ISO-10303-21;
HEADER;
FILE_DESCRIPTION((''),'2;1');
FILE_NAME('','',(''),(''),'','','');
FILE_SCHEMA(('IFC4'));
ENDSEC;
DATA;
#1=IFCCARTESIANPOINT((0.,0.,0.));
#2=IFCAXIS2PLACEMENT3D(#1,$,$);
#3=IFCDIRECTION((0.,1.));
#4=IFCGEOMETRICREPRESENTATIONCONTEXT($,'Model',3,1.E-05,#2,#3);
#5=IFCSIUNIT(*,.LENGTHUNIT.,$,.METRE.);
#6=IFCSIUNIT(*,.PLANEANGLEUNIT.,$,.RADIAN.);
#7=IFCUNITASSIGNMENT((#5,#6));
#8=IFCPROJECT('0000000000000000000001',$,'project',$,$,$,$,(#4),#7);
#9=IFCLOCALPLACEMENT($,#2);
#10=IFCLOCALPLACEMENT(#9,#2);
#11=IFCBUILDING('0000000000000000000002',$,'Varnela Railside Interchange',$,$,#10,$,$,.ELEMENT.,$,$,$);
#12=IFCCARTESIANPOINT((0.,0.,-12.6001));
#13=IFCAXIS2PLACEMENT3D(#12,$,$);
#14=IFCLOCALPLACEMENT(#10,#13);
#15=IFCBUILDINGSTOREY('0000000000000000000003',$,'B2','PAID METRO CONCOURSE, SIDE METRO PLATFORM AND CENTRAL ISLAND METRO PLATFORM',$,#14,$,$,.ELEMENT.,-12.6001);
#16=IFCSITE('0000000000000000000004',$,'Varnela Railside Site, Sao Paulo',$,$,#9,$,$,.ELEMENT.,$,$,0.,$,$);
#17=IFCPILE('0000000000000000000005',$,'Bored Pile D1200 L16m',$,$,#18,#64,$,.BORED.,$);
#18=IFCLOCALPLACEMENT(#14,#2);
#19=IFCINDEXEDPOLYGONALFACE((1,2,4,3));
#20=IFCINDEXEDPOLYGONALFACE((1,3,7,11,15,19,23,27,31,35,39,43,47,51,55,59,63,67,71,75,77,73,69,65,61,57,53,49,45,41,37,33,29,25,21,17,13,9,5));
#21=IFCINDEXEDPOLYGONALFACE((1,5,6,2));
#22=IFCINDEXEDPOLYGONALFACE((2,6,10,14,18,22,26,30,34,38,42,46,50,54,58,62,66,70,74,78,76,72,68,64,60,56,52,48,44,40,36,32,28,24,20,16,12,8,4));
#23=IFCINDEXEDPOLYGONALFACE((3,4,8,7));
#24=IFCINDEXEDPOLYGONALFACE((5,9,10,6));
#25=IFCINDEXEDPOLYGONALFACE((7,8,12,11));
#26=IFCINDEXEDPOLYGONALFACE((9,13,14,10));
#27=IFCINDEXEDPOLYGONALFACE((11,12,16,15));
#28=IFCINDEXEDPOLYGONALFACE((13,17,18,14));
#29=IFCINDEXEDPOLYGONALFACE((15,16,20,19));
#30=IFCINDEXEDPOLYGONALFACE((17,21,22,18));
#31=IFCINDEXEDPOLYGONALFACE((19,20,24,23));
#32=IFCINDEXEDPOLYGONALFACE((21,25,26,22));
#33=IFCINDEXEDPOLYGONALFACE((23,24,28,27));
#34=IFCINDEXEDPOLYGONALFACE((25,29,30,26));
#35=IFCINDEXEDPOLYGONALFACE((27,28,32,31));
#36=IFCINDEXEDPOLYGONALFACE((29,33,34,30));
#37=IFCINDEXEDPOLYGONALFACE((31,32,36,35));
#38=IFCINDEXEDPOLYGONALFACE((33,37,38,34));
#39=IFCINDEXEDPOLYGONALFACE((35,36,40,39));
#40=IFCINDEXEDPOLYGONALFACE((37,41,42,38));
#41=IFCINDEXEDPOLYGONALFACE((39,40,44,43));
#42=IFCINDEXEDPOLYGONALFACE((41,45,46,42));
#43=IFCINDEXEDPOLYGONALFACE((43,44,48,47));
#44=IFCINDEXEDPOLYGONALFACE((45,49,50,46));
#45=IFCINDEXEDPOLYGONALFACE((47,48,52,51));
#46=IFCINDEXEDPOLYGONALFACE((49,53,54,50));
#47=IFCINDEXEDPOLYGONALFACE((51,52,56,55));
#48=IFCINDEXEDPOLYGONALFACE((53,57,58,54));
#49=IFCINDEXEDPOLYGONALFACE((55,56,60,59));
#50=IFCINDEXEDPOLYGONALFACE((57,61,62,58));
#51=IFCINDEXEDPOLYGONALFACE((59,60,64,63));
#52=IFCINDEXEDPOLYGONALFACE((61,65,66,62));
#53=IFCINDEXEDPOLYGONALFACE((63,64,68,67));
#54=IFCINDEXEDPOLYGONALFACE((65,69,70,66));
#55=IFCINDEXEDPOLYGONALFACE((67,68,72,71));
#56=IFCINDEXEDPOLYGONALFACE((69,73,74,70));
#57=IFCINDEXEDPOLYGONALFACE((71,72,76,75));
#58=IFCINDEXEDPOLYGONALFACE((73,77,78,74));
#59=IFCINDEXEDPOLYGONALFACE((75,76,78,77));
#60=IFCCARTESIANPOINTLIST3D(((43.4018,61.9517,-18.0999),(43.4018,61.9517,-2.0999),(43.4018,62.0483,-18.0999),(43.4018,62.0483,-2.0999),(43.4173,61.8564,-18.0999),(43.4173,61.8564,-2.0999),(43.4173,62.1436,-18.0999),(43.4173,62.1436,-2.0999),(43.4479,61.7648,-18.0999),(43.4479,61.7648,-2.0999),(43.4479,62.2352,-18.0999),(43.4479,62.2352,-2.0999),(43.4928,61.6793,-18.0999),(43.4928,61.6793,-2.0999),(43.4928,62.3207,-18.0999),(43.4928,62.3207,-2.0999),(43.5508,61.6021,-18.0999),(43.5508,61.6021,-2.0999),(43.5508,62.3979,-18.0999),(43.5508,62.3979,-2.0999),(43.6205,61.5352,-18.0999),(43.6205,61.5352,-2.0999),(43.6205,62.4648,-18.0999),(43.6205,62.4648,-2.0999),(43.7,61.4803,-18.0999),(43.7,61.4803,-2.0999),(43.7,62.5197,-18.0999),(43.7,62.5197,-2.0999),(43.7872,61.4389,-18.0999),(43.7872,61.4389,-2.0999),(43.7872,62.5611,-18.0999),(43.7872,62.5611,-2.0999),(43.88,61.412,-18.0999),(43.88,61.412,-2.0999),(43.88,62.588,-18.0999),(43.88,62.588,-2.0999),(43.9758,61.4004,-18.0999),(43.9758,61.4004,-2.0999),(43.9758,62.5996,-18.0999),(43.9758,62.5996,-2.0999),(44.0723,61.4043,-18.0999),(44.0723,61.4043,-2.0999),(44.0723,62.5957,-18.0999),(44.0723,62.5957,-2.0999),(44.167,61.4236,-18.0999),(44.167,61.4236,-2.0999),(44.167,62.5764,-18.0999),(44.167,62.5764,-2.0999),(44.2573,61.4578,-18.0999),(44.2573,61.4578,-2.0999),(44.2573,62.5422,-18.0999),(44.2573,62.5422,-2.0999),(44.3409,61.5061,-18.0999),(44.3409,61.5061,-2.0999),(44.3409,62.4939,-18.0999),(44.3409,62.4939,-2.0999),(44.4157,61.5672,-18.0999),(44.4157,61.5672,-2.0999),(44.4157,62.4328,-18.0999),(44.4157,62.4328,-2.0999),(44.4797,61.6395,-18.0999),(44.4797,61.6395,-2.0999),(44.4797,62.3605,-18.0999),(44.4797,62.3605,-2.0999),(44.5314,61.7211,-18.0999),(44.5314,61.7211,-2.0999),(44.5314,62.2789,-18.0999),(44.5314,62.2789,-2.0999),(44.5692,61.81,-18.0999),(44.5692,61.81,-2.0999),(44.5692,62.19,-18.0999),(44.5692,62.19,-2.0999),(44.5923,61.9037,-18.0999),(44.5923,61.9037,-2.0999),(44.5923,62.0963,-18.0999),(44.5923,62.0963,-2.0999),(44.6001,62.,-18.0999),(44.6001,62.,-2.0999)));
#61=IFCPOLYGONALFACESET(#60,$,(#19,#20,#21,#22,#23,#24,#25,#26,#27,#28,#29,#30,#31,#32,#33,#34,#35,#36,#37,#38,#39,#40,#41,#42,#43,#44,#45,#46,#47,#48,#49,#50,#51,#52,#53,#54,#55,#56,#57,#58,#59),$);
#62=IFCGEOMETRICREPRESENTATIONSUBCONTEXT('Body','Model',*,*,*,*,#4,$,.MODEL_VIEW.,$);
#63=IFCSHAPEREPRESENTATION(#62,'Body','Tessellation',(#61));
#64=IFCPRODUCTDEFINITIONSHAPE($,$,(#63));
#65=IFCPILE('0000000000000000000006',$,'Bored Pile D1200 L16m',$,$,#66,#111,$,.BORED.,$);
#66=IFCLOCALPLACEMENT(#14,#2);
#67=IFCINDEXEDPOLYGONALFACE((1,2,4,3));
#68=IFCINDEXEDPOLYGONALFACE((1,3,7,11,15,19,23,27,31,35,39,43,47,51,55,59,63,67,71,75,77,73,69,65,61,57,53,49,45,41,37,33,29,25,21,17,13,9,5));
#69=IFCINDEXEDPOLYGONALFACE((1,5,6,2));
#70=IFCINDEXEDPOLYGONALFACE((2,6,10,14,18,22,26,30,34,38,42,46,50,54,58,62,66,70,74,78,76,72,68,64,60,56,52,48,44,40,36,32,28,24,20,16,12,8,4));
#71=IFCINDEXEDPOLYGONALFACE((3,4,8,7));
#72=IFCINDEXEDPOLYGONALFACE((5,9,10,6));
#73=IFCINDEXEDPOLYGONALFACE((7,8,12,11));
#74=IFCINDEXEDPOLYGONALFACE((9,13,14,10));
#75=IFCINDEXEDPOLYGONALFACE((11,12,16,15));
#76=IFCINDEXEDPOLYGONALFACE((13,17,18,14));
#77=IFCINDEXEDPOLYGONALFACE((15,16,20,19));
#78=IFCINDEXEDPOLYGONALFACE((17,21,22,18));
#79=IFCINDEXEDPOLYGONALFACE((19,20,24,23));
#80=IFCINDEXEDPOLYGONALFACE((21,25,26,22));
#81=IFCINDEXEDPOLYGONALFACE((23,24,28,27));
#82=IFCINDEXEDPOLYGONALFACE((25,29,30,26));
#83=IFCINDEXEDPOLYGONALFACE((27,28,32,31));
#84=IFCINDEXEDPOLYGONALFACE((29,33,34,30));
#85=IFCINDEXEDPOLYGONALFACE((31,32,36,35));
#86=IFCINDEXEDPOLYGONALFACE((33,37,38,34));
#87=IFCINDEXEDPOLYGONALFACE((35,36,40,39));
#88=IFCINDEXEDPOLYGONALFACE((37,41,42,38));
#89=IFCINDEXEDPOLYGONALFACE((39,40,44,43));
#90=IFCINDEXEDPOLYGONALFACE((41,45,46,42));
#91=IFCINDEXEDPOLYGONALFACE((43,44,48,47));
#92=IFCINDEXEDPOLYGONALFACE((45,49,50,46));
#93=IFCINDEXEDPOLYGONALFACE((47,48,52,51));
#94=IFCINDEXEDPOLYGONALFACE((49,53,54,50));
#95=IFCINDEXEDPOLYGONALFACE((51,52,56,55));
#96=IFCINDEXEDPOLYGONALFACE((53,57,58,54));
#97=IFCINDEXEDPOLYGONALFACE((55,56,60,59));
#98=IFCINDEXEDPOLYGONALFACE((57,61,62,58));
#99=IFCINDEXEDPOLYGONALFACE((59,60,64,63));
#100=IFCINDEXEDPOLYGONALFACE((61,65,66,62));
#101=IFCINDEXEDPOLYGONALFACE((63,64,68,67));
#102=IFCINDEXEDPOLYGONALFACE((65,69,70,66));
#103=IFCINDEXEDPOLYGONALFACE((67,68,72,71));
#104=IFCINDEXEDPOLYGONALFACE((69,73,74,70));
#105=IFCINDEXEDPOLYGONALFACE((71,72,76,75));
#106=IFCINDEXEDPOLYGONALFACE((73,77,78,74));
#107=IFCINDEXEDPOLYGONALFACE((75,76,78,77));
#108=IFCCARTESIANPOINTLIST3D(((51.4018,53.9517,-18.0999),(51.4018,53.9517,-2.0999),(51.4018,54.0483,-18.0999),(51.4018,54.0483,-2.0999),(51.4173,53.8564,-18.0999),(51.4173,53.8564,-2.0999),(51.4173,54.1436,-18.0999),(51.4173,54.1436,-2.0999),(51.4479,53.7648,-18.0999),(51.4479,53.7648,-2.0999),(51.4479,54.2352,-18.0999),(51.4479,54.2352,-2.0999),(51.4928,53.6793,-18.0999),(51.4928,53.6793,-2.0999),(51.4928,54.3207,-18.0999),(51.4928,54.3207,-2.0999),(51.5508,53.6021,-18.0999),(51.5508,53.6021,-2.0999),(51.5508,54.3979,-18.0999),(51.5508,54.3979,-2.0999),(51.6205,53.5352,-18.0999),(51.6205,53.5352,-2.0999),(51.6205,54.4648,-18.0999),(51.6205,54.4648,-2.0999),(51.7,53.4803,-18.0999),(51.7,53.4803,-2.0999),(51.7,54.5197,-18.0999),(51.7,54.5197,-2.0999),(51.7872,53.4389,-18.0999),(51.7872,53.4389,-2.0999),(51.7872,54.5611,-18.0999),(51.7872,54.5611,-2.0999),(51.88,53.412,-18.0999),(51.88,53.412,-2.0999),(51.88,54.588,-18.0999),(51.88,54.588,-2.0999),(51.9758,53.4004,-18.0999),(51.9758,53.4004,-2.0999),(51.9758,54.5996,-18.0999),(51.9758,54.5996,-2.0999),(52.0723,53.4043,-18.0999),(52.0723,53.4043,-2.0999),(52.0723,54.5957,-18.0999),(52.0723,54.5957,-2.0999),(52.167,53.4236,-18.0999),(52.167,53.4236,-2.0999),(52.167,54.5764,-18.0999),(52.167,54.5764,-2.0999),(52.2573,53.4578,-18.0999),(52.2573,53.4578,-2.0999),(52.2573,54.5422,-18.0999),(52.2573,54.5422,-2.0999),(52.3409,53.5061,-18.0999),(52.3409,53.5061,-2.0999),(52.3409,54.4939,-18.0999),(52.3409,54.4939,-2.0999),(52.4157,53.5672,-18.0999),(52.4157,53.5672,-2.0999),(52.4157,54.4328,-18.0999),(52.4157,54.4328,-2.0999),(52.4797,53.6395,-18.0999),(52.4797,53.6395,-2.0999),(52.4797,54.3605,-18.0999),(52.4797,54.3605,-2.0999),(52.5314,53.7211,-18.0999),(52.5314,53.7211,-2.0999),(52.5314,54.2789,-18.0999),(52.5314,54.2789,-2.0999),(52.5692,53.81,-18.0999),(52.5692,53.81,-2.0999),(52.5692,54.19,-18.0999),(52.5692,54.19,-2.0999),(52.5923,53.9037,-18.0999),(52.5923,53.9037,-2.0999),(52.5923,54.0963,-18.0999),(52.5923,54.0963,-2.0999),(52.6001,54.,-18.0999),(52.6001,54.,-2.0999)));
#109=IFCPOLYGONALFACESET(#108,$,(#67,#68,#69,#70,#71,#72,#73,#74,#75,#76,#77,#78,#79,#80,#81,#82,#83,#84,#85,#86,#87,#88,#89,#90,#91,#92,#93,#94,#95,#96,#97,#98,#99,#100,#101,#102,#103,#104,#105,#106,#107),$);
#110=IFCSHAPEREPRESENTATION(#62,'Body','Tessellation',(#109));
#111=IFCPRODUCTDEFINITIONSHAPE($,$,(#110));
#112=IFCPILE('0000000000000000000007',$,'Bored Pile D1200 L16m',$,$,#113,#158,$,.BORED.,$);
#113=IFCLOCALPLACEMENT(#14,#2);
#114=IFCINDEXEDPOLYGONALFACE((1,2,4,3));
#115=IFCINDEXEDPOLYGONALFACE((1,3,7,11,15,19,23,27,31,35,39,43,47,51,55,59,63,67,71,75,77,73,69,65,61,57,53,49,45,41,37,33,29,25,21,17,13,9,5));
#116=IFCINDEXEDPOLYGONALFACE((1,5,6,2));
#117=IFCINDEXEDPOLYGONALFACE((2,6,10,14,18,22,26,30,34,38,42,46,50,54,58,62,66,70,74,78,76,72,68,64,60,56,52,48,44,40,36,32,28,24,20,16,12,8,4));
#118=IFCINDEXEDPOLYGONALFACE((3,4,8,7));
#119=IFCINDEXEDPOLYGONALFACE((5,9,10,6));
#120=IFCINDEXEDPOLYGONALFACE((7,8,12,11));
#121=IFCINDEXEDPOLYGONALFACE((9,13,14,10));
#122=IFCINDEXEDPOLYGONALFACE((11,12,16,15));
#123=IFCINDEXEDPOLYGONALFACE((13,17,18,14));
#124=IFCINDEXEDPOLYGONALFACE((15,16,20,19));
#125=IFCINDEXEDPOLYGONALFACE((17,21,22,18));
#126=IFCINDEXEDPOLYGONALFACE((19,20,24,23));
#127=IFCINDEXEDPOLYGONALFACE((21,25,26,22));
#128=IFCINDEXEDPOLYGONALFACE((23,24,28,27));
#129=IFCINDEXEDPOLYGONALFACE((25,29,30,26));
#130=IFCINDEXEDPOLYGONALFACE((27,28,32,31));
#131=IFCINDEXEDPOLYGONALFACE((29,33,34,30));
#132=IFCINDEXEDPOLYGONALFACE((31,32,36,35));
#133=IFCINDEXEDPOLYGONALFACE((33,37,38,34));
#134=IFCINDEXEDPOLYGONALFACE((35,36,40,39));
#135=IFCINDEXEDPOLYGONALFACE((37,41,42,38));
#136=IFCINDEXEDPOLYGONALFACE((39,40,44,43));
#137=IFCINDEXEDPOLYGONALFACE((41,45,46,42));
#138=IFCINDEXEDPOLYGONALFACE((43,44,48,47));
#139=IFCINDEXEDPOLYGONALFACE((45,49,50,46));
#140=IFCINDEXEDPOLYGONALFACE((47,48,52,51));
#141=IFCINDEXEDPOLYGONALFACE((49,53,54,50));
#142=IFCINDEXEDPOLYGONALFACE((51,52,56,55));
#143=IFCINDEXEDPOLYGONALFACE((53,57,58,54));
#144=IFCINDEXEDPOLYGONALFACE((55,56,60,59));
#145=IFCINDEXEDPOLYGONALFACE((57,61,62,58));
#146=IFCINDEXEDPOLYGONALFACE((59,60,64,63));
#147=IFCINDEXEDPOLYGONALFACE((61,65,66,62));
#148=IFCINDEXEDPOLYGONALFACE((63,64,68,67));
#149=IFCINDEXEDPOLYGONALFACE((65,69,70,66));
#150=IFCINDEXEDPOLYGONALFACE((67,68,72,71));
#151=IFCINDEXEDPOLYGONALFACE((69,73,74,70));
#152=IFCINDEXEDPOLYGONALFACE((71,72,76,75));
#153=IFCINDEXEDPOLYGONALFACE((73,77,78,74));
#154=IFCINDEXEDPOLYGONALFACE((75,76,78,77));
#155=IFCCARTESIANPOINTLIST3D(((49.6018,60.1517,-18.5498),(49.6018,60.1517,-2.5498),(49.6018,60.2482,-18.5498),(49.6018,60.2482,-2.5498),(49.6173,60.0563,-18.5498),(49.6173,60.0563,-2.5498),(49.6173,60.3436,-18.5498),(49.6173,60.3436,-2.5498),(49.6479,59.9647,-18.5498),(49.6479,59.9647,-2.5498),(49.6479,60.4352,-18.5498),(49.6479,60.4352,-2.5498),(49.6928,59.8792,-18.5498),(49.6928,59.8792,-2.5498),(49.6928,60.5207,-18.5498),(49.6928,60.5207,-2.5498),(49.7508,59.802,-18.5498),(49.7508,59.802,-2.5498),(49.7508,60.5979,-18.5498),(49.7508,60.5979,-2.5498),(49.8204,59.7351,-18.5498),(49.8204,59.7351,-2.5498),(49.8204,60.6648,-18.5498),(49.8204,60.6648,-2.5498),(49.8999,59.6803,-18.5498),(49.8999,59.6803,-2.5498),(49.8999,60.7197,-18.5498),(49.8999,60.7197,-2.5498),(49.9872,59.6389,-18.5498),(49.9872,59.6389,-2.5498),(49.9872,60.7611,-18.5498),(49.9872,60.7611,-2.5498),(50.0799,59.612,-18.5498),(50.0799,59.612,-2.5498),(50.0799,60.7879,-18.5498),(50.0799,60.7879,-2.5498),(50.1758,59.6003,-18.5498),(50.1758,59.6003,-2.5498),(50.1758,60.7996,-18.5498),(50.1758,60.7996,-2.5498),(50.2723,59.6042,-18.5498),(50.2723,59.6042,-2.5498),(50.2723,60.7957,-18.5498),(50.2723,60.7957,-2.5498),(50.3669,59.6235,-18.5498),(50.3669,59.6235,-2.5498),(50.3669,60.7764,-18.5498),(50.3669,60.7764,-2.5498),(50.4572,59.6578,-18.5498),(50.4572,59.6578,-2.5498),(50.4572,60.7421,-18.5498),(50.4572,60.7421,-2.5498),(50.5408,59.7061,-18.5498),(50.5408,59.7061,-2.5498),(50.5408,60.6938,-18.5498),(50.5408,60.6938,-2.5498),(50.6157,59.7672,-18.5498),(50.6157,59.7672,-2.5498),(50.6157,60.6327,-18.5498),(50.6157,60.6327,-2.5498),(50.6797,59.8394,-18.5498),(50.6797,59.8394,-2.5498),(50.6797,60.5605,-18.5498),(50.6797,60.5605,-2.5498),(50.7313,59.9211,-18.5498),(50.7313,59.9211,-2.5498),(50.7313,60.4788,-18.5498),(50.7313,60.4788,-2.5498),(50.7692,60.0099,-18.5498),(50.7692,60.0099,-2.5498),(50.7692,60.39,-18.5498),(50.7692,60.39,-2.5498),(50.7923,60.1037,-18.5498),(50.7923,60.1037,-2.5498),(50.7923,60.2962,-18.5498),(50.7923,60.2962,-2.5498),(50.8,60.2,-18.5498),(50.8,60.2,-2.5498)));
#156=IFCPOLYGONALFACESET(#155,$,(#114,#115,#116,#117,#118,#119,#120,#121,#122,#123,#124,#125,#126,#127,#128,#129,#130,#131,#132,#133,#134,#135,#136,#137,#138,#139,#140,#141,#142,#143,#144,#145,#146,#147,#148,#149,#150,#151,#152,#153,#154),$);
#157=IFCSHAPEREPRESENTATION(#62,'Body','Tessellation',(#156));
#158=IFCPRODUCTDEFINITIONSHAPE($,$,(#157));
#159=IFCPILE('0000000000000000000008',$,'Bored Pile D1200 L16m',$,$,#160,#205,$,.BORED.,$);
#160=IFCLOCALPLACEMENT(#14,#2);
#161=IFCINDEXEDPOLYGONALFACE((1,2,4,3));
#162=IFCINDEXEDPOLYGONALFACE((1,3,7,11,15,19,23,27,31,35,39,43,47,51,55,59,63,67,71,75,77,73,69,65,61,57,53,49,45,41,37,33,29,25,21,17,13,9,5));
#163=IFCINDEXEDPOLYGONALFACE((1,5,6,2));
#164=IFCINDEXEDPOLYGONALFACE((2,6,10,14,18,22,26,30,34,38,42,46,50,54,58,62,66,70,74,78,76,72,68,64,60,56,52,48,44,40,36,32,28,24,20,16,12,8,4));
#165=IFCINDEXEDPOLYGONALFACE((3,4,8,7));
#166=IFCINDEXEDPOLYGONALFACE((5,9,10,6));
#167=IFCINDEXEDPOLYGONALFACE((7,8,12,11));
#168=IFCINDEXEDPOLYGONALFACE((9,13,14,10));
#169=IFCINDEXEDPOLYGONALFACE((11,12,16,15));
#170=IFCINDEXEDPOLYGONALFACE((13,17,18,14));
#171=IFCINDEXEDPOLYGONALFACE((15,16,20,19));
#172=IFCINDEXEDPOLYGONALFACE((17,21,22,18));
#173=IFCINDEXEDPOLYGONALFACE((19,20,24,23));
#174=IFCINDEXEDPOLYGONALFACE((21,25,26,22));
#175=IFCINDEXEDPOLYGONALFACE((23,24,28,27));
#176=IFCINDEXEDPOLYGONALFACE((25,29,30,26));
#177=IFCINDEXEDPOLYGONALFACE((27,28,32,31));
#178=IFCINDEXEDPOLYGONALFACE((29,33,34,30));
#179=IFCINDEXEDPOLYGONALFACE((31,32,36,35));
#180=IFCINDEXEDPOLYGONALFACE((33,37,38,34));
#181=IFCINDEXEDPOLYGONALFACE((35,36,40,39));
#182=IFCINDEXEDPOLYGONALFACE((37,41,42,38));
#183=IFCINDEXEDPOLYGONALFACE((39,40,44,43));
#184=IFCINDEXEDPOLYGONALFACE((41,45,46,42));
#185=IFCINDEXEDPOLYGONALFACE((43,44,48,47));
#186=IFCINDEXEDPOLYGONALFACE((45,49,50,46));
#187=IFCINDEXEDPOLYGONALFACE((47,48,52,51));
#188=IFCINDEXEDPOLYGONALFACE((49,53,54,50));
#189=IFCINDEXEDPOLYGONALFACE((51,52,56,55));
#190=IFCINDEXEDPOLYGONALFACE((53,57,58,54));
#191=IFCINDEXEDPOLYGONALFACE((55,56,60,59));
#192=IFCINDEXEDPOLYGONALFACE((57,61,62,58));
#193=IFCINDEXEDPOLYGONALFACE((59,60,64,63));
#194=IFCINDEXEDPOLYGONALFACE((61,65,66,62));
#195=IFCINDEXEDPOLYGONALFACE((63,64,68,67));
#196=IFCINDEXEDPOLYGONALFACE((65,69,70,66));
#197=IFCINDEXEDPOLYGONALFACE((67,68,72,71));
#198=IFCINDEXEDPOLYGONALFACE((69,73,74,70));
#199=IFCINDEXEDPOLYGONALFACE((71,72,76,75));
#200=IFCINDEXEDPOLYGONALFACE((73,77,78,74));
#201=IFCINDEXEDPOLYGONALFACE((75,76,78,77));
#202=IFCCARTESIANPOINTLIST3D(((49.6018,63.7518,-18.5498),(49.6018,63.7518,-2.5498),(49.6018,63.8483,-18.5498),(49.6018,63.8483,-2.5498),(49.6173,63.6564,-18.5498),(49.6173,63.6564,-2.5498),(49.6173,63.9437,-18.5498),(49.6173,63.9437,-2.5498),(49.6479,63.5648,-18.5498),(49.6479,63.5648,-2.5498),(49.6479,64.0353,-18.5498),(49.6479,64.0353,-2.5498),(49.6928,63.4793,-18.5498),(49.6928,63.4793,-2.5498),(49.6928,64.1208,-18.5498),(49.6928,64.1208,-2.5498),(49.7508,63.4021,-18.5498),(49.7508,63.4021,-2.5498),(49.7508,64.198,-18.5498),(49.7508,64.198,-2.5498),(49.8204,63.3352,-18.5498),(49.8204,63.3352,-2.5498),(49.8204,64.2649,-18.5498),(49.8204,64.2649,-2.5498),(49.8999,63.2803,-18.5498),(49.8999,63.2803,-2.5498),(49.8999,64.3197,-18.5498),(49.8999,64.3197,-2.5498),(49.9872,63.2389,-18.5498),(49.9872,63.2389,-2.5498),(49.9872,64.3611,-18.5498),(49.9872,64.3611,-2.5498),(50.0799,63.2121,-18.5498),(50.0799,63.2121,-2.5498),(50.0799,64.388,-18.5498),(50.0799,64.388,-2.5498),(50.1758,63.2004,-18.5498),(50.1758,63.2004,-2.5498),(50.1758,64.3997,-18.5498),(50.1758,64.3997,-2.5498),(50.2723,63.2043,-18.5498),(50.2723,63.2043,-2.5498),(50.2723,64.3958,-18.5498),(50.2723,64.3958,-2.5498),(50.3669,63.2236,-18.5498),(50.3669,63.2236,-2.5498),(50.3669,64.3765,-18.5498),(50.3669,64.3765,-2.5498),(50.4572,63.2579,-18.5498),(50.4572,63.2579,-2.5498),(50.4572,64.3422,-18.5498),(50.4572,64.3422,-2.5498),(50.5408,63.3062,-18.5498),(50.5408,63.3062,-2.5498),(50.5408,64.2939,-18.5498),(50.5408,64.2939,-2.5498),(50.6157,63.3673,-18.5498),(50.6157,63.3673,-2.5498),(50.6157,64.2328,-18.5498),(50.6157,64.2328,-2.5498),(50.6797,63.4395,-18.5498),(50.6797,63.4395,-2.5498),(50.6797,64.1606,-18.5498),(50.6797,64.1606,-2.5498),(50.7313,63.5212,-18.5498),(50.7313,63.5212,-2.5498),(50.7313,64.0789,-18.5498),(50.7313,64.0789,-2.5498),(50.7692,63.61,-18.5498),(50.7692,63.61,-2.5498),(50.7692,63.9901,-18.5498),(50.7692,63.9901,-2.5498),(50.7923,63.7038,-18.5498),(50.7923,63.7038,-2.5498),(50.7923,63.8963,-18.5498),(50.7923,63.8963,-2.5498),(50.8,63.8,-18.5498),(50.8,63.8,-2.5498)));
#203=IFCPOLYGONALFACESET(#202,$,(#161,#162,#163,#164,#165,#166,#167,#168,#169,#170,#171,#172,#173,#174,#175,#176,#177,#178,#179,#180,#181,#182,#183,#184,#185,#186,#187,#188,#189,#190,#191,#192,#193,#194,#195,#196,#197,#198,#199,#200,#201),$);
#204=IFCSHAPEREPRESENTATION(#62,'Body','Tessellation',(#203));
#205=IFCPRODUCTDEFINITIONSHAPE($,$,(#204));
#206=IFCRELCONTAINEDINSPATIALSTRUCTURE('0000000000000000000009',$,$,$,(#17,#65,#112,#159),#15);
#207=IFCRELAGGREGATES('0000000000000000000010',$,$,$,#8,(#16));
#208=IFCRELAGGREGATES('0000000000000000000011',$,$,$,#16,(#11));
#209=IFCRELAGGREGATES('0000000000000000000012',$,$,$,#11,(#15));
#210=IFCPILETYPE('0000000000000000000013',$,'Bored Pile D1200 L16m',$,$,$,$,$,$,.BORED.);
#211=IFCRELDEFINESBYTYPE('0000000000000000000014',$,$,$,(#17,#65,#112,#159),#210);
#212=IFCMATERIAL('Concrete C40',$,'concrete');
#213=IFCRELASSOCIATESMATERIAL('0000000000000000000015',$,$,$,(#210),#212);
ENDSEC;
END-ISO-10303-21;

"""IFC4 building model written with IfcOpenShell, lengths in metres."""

from ifc_helpers import new_model, si_unit, direction, frame, origin, origin_2d, place, context, subcontext, project, spatial, circle, extrude, material, material_profile, profile_set, type_object, element, save


model = new_model("IFC4")

# Units and contexts
model_context = context("Model", 3, precision=1e-05, world=origin(), true_north=direction((0.0, 1.0)))
body_context = subcontext(model_context, "Body", "Model", "MODEL_VIEW")
ifc_project = project(units=[si_unit("LENGTHUNIT", "METRE"), si_unit("PLANEANGLEUNIT", "RADIAN")], contexts=[model_context])

# Site, building, storey
site_placement = place(None, origin())
site = spatial("IfcSite", under=ifc_project, at=site_placement, Name="Varnela Railside Site, Sao Paulo", CompositionType="ELEMENT", RefElevation=0.0)
building_placement = place(site_placement, origin())
building = spatial("IfcBuilding", under=site, at=building_placement, Name="Varnela Railside Interchange", CompositionType="ELEMENT")
storey_placement = place(building_placement, frame((0.0, 0.0, -12.6001)))
storey = spatial("IfcBuildingStorey", under=building, at=storey_placement, Name="B2", Description="PAID METRO CONCOURSE, SIDE METRO PLATFORM AND CENTRAL ISLAND METRO PLATFORM", CompositionType="ELEMENT", Elevation=-12.6001)

# Piles
ifc_material_1 = material(Name="Concrete C40", Category="concrete")
ifc_material_profile_1 = material_profile(ifc_material_1, circle(Radius=0.6001, at=origin_2d()), Name="BORED PILE D1200")
ifc_profile_set_1 = profile_set([ifc_material_profile_1], Name="Concrete C40")
pile_type_1 = type_object("IfcPileType", Name="Bored Pile D1200 L16m", PredefinedType="BORED", material=ifc_profile_set_1)
for number, where, z_axis, x_axis, name in (
    (1, (44.0, 62.0, -2.0999), (0.0, 0.0, -1.0), (1.0, 0.0, 0.0), "Bored Pile D1200 L16m"),
    (2, (52.0, 54.0, -2.0999), (0.0, 0.0, -1.0), (1.0, 0.0, 0.0), "Bored Pile D1200 L16m"),
    (3, (50.2, 60.2, -2.5498), (0.0, 0.0, -1.0), (1.0, 0.0, 0.0), "Bored Pile D1200 L16m"),
    (4, (50.2, 63.8, -2.5498), (0.0, 0.0, -1.0), (1.0, 0.0, 0.0), "Bored Pile D1200 L16m"),
):
    element("IfcPile", number, at=place(storey_placement, frame(where, z_axis=z_axis, x_axis=x_axis)), inside=storey, type_object=pile_type_1, Name=name, PredefinedType="BORED", context=body_context, shape_type="SweptSolid", body=[
        extrude(circle(Radius=0.6001, at=origin_2d()), origin(), (0.0, 0.0, 1.0), 16.0),
    ])

save(model, "model.ifc")
